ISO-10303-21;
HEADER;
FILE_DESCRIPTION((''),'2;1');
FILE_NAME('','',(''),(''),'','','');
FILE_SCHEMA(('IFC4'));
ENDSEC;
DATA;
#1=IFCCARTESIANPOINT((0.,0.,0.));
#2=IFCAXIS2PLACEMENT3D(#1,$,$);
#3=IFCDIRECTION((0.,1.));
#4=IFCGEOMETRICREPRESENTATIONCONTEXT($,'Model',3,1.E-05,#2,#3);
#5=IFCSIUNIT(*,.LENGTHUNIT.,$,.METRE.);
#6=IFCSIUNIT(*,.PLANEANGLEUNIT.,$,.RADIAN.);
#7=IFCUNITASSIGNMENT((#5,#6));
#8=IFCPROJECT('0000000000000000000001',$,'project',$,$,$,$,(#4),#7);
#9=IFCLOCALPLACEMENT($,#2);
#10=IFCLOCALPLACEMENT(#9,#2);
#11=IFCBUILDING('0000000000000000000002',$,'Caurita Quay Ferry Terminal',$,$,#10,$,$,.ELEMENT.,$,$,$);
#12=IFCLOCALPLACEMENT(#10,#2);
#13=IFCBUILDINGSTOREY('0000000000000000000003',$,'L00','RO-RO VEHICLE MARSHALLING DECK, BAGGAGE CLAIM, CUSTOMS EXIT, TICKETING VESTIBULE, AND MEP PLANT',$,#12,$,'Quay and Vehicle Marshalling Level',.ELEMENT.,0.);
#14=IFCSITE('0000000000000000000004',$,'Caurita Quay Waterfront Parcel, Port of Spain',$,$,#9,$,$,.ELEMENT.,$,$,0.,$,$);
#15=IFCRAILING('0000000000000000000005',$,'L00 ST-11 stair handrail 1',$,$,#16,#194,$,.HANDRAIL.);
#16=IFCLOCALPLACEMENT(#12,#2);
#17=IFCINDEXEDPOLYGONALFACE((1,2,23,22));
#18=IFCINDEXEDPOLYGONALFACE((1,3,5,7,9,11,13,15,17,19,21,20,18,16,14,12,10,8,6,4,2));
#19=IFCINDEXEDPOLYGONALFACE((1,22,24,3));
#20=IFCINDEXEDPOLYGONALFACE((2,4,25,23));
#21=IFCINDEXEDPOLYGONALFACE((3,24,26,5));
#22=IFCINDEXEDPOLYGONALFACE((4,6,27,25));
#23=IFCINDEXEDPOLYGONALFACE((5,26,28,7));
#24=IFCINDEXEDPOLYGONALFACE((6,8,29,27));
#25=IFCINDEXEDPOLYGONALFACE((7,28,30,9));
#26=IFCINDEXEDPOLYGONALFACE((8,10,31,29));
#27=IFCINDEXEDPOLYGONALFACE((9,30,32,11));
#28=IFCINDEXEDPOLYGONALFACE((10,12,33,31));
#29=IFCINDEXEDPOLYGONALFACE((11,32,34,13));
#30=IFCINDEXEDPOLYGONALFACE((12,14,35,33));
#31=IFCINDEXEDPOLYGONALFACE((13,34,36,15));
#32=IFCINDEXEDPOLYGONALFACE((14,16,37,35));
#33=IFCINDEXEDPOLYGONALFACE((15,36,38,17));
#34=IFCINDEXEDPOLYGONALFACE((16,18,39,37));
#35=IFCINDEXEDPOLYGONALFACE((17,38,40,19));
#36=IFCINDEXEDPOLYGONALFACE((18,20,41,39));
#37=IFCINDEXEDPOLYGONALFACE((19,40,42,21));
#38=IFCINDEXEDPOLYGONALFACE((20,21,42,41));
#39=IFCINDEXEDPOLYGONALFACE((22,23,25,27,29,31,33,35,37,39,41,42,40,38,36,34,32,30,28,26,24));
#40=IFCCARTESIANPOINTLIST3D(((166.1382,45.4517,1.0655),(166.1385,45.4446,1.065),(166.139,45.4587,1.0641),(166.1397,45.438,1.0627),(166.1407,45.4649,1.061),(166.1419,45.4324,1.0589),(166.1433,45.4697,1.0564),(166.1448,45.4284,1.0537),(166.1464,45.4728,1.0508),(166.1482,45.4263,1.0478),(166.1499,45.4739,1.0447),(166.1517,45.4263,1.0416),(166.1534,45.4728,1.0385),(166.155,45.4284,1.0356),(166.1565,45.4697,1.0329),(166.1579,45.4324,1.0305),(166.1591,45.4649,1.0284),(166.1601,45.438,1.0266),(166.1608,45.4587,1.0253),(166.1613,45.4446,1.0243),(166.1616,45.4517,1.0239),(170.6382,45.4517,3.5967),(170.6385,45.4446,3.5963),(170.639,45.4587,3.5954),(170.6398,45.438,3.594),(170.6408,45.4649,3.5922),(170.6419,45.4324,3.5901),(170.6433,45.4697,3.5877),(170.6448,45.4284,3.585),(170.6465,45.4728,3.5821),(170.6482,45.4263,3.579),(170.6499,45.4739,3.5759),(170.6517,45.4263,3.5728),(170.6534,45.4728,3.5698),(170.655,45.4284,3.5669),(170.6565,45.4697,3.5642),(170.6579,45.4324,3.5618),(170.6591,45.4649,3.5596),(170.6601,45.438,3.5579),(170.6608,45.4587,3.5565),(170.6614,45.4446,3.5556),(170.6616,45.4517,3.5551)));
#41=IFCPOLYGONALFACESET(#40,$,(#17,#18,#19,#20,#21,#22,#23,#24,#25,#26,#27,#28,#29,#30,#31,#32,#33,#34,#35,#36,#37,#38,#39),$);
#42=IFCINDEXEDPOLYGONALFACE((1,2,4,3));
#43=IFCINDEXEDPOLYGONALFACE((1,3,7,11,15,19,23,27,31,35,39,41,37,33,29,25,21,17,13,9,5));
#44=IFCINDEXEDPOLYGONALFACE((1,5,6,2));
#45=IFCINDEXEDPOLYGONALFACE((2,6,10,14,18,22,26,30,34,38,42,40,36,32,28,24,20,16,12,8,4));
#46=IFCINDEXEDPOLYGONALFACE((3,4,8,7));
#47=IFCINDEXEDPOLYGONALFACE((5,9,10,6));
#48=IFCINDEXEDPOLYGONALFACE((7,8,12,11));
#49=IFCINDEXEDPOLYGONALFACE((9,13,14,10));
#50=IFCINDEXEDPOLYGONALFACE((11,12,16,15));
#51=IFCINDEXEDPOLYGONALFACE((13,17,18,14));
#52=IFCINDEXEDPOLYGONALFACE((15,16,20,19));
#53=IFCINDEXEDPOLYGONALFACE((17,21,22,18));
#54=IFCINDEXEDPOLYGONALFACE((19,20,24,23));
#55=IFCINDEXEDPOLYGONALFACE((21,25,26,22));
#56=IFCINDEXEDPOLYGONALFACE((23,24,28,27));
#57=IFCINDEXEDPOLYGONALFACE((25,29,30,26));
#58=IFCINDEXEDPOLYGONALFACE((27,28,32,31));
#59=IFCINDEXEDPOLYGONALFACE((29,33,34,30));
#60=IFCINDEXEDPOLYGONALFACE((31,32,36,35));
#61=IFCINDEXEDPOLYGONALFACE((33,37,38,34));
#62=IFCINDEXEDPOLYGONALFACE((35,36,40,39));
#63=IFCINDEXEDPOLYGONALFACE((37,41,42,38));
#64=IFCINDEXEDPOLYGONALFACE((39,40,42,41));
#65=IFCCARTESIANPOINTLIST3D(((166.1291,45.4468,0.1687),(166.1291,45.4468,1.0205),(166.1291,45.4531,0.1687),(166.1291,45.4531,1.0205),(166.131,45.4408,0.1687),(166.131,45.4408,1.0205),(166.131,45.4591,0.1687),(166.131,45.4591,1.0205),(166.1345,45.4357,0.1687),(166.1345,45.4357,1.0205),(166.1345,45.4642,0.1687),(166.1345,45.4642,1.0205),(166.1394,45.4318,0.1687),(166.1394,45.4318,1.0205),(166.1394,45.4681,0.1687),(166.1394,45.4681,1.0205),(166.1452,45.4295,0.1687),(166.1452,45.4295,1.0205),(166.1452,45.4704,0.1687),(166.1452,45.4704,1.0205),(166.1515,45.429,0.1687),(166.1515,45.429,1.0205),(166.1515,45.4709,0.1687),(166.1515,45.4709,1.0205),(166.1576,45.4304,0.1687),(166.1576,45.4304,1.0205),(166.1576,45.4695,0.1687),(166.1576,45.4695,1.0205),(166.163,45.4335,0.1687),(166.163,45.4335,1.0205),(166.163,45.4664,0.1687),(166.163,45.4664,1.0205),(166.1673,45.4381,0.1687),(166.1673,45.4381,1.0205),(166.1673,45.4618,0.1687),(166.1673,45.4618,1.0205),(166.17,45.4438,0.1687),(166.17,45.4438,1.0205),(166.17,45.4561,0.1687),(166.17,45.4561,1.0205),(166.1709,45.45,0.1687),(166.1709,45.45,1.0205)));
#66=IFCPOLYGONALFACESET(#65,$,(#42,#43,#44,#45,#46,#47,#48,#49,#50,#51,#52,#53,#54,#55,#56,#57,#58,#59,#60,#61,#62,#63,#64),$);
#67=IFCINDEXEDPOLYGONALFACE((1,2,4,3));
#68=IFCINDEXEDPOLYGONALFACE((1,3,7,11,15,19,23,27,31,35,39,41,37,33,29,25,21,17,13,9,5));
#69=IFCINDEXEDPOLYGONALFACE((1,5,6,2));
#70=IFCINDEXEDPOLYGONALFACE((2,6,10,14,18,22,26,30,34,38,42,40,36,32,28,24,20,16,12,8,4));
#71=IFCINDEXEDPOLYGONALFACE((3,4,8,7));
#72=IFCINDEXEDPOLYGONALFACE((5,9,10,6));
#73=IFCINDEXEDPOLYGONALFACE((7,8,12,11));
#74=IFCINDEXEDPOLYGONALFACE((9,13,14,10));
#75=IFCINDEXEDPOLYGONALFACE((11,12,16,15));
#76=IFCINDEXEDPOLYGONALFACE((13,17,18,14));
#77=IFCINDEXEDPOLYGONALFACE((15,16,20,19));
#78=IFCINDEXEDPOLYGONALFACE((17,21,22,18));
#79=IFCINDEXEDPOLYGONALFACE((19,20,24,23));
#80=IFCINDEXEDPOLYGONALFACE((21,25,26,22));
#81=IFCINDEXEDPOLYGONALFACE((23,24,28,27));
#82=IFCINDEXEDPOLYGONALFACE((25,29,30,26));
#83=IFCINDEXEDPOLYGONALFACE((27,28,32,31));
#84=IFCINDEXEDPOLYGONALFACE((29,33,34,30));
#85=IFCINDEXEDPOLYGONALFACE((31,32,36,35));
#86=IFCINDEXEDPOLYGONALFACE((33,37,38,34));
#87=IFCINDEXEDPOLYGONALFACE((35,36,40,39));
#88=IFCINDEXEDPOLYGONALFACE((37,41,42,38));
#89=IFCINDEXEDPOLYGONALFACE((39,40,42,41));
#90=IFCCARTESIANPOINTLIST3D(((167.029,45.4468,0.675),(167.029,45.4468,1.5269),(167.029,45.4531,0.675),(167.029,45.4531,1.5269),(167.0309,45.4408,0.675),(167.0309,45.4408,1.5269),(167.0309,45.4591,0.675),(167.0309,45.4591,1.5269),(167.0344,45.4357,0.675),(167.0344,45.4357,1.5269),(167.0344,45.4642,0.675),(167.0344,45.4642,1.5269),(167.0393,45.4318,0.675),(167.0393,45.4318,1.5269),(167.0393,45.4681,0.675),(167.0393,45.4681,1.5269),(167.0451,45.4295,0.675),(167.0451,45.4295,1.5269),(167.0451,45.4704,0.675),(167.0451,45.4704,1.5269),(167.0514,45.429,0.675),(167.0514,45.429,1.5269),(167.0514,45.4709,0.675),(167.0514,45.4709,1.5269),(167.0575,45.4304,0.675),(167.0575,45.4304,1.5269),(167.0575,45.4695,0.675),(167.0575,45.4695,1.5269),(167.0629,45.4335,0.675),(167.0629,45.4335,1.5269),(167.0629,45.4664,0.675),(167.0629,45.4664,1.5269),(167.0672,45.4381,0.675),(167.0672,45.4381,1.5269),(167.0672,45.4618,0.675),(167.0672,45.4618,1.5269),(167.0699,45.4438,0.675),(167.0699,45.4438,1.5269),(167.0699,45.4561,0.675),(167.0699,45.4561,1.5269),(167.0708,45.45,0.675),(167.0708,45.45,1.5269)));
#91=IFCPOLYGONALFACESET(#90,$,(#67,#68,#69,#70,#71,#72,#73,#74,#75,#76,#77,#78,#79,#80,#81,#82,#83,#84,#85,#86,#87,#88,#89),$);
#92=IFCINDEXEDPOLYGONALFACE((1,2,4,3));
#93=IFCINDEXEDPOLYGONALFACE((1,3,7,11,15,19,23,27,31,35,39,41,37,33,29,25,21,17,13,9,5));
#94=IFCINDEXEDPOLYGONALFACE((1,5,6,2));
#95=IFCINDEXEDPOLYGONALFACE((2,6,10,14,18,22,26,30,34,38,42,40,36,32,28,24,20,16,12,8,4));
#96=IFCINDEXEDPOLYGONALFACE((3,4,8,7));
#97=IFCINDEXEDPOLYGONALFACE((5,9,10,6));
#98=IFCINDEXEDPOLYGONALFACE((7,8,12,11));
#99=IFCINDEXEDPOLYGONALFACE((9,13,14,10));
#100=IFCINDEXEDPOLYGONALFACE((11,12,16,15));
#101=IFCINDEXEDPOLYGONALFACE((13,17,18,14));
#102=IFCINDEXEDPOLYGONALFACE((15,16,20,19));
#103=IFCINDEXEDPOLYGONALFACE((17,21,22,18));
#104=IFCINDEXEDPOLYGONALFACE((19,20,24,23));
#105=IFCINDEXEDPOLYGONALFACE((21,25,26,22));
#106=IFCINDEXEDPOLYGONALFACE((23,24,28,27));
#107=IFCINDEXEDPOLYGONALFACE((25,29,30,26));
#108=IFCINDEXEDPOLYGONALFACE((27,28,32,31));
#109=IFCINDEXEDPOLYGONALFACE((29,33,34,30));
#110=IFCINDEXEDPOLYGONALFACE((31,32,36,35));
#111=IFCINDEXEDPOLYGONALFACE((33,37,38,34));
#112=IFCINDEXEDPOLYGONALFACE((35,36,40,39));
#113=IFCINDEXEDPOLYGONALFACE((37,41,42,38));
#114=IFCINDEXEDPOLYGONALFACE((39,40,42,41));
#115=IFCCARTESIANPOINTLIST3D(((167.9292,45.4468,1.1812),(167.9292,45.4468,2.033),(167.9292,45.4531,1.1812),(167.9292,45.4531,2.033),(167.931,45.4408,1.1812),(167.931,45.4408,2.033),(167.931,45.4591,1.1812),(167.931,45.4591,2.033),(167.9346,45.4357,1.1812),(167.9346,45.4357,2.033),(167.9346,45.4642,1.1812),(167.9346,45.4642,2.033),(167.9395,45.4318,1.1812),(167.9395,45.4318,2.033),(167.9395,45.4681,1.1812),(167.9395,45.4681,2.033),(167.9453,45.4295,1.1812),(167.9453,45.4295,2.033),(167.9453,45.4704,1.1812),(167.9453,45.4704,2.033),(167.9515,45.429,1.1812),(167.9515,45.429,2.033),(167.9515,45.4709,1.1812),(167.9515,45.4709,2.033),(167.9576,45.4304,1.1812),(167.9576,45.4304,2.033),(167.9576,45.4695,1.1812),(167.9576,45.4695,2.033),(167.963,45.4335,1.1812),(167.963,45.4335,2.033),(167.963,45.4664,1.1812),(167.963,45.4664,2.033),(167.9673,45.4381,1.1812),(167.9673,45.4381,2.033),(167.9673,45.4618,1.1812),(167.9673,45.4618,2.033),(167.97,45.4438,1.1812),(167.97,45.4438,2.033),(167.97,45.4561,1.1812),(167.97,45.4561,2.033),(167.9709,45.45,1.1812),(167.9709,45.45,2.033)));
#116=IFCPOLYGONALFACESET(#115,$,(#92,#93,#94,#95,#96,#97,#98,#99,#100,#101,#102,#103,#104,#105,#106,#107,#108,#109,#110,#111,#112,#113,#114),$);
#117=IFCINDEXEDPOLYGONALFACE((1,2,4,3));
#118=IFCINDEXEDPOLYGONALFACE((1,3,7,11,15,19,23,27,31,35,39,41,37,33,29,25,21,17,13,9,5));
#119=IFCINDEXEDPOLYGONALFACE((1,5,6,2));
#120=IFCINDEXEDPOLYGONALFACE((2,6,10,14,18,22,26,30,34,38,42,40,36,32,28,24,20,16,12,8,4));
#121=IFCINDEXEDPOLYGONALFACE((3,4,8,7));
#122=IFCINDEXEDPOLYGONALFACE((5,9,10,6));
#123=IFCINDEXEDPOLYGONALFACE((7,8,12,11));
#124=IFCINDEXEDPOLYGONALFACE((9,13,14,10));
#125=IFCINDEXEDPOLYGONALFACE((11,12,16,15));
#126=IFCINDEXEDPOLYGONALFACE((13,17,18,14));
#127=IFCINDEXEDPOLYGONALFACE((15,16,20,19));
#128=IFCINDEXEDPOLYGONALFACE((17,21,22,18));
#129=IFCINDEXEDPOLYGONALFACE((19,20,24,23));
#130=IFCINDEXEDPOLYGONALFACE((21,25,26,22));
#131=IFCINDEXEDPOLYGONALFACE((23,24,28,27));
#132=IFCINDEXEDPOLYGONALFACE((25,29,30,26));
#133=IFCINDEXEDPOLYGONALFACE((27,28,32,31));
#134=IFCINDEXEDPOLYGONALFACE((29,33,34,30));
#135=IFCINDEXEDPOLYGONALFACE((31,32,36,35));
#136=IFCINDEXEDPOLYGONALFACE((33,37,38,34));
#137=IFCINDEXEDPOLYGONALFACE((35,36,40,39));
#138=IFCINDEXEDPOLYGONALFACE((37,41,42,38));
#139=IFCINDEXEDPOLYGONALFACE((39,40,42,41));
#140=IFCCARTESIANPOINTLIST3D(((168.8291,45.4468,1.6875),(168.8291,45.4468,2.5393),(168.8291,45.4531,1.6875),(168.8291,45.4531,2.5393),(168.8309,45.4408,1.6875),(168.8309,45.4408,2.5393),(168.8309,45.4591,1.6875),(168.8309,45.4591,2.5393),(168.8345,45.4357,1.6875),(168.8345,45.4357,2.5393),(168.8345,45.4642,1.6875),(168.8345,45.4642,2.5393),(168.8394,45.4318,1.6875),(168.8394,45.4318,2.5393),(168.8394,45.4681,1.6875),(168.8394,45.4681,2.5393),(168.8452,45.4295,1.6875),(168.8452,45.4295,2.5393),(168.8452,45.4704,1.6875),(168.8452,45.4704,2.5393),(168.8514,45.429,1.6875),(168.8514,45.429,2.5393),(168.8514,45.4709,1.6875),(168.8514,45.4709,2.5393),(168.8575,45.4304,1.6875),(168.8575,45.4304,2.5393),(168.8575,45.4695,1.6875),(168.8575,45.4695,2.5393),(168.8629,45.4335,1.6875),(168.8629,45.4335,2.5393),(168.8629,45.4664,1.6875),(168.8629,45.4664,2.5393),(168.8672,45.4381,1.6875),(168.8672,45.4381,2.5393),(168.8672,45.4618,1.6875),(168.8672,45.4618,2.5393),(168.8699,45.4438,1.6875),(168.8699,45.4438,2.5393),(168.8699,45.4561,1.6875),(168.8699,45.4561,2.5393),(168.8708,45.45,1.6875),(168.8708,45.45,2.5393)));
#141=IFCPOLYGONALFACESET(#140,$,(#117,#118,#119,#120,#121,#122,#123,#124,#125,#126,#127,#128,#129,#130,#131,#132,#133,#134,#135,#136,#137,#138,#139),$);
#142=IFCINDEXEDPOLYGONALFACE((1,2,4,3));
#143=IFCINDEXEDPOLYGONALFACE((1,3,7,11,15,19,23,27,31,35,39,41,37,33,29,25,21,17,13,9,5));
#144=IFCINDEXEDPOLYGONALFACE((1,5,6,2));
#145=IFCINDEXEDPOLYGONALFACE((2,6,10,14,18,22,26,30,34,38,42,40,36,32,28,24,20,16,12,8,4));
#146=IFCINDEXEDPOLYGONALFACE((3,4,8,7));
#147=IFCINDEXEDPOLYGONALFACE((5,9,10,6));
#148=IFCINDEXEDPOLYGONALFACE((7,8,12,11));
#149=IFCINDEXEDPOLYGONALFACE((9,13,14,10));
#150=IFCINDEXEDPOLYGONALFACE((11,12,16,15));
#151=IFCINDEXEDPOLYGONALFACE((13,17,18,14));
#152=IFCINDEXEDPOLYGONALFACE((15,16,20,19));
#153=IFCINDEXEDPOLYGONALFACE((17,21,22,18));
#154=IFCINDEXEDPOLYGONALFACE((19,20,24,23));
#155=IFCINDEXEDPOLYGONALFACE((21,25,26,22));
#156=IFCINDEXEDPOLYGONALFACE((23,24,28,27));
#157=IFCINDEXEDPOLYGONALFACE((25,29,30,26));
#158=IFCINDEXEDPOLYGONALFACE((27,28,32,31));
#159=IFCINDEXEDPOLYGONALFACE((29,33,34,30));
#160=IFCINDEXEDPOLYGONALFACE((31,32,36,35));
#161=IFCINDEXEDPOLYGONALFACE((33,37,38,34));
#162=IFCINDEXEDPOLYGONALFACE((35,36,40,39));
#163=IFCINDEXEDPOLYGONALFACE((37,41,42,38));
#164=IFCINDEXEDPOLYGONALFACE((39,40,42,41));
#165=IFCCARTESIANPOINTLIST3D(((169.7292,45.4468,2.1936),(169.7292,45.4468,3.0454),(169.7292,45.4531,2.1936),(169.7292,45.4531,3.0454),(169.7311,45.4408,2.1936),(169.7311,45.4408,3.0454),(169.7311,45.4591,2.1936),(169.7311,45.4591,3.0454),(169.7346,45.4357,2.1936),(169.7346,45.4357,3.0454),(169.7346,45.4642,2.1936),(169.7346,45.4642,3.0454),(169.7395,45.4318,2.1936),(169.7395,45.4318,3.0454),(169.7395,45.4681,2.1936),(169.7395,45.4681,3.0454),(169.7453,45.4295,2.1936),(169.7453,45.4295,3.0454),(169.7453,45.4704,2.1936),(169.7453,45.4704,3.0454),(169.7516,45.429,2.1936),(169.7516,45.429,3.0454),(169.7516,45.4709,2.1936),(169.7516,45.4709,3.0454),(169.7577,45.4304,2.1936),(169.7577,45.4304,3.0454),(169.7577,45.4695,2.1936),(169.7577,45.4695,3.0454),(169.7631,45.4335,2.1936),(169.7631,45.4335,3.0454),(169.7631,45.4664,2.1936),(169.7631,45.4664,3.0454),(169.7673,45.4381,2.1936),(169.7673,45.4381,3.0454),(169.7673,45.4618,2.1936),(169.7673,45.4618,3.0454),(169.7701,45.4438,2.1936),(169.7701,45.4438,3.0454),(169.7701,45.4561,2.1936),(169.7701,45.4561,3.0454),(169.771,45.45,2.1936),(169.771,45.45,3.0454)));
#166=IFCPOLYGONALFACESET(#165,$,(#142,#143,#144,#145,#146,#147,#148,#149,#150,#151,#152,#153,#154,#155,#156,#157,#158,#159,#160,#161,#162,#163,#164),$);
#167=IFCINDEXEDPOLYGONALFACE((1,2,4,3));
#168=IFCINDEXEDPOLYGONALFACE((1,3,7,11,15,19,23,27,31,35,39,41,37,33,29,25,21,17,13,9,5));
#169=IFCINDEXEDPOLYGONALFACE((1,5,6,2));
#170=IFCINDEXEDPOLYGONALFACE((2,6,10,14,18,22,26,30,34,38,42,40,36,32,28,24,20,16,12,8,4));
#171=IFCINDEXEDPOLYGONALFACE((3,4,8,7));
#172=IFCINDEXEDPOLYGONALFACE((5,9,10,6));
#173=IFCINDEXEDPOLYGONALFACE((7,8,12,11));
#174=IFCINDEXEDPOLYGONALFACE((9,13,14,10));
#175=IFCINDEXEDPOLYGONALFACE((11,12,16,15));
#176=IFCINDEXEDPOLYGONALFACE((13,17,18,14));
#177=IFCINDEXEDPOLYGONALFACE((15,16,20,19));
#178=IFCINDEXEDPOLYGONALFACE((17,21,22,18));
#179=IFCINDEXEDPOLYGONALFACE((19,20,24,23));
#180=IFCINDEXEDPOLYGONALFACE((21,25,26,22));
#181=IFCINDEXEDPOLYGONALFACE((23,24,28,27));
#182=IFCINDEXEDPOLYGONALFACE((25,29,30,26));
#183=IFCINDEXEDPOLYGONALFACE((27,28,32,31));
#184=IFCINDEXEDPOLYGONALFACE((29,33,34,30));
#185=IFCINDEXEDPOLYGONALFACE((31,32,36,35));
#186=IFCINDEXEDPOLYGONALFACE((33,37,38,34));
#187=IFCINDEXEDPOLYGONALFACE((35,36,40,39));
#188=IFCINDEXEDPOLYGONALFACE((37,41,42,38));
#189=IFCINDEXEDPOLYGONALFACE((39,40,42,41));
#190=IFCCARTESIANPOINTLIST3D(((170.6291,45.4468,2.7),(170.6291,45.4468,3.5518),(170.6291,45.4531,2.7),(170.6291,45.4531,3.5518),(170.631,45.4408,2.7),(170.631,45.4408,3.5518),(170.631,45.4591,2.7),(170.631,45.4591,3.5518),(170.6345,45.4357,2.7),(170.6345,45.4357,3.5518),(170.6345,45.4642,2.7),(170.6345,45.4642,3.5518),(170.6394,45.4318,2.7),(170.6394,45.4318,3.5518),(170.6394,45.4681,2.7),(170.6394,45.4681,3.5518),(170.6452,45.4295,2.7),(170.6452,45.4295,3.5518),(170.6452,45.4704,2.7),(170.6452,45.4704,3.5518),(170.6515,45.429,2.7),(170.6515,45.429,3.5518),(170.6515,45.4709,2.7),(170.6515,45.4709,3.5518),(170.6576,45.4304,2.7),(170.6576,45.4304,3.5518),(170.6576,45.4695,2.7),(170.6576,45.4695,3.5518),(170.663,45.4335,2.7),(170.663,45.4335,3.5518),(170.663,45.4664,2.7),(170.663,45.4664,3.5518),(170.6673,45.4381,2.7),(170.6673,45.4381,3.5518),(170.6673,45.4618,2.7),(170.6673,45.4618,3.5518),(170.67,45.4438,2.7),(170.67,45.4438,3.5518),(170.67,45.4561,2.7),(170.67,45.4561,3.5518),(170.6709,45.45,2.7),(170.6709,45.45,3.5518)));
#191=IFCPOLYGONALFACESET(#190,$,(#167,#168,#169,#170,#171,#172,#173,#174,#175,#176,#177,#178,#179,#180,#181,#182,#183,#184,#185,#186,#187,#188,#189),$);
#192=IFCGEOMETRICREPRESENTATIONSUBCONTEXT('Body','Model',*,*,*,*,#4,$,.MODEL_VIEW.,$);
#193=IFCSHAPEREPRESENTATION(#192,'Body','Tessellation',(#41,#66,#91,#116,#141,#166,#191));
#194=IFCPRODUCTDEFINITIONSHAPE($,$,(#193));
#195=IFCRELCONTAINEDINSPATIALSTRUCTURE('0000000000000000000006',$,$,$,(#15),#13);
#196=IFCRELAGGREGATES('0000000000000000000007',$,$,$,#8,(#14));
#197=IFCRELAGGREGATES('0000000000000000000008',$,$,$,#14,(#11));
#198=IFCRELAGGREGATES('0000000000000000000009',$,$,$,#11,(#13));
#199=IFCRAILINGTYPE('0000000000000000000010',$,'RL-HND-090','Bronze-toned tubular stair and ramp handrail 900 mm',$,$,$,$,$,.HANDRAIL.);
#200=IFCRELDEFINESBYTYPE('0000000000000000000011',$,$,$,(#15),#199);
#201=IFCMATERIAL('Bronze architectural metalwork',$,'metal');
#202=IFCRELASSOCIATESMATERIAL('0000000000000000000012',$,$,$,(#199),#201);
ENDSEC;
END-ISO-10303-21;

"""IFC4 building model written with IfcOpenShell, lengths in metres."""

from ifc_helpers import new_model, si_unit, direction, frame, origin, origin_2d, place, context, subcontext, project, spatial, circle, extrude, material, type_object, element, save


model = new_model("IFC4")

# Units and contexts
model_context = context("Model", 3, precision=1e-05, world=origin(), true_north=direction((0.0, 1.0)))
body_context = subcontext(model_context, "Body", "Model", "MODEL_VIEW")
ifc_project = project(units=[si_unit("LENGTHUNIT", "METRE"), si_unit("PLANEANGLEUNIT", "RADIAN")], contexts=[model_context])

# Site, building, storey
site_placement = place(None, origin())
site = spatial("IfcSite", under=ifc_project, at=site_placement, Name="Caurita Quay Waterfront Parcel, Port of Spain", CompositionType="ELEMENT", RefElevation=0.0)
building_placement = place(site_placement, origin())
building = spatial("IfcBuilding", under=site, at=building_placement, Name="Caurita Quay Ferry Terminal", CompositionType="ELEMENT")
storey_placement = place(building_placement, origin())
storey = spatial("IfcBuildingStorey", under=building, at=storey_placement, Name="L00", Description="RO-RO VEHICLE MARSHALLING DECK, BAGGAGE CLAIM, CUSTOMS EXIT, TICKETING VESTIBULE, AND MEP PLANT", LongName="Quay and Vehicle Marshalling Level", CompositionType="ELEMENT", Elevation=0.0)

# Railing
ifc_material_1 = material(Name="Bronze architectural metalwork", Category="metal")
railing_type_1 = type_object("IfcRailingType", Name="RL-HND-090", Description="Bronze-toned tubular stair and ramp handrail 900 mm", PredefinedType="HANDRAIL", material=ifc_material_1)
railing_1_placement = place(storey_placement, frame((166.1499, 45.45, 0.1687)))
element("IfcRailing", 1, at=railing_1_placement, inside=storey, type_object=railing_type_1, Name="L00 ST-11 stair handrail 1", PredefinedType="HANDRAIL", context=body_context, shape_type="SweptSolid", body=[
    extrude(circle(Radius=0.0239, at=origin_2d()), frame((0.0, 0.0, 0.876), z_axis=(0.871576, 0.0, 0.490261), x_axis=(0.0, 1.0, 0.0)), (0.0, 0.0, 1.0), 5.1631),
    extrude(circle(Radius=0.021, at=origin_2d()), origin(), (0.0, 0.0, 1.0), 0.8518),
    extrude(circle(Radius=0.021, at=origin_2d()), frame((0.8999, 0.0, 0.5063)), (0.0, 0.0, 1.0), 0.8518),
    extrude(circle(Radius=0.021, at=origin_2d()), frame((1.8, 0.0, 1.0125)), (0.0, 0.0, 1.0), 0.8518),
    extrude(circle(Radius=0.021, at=origin_2d()), frame((2.7, 0.0, 1.5188)), (0.0, 0.0, 1.0), 0.8518),
    extrude(circle(Radius=0.021, at=origin_2d()), frame((3.6001, 0.0, 2.0249)), (0.0, 0.0, 1.0), 0.8518),
    extrude(circle(Radius=0.021, at=origin_2d()), frame((4.5, 0.0, 2.5312)), (0.0, 0.0, 1.0), 0.8518),
])

save(model, "model.ifc")
